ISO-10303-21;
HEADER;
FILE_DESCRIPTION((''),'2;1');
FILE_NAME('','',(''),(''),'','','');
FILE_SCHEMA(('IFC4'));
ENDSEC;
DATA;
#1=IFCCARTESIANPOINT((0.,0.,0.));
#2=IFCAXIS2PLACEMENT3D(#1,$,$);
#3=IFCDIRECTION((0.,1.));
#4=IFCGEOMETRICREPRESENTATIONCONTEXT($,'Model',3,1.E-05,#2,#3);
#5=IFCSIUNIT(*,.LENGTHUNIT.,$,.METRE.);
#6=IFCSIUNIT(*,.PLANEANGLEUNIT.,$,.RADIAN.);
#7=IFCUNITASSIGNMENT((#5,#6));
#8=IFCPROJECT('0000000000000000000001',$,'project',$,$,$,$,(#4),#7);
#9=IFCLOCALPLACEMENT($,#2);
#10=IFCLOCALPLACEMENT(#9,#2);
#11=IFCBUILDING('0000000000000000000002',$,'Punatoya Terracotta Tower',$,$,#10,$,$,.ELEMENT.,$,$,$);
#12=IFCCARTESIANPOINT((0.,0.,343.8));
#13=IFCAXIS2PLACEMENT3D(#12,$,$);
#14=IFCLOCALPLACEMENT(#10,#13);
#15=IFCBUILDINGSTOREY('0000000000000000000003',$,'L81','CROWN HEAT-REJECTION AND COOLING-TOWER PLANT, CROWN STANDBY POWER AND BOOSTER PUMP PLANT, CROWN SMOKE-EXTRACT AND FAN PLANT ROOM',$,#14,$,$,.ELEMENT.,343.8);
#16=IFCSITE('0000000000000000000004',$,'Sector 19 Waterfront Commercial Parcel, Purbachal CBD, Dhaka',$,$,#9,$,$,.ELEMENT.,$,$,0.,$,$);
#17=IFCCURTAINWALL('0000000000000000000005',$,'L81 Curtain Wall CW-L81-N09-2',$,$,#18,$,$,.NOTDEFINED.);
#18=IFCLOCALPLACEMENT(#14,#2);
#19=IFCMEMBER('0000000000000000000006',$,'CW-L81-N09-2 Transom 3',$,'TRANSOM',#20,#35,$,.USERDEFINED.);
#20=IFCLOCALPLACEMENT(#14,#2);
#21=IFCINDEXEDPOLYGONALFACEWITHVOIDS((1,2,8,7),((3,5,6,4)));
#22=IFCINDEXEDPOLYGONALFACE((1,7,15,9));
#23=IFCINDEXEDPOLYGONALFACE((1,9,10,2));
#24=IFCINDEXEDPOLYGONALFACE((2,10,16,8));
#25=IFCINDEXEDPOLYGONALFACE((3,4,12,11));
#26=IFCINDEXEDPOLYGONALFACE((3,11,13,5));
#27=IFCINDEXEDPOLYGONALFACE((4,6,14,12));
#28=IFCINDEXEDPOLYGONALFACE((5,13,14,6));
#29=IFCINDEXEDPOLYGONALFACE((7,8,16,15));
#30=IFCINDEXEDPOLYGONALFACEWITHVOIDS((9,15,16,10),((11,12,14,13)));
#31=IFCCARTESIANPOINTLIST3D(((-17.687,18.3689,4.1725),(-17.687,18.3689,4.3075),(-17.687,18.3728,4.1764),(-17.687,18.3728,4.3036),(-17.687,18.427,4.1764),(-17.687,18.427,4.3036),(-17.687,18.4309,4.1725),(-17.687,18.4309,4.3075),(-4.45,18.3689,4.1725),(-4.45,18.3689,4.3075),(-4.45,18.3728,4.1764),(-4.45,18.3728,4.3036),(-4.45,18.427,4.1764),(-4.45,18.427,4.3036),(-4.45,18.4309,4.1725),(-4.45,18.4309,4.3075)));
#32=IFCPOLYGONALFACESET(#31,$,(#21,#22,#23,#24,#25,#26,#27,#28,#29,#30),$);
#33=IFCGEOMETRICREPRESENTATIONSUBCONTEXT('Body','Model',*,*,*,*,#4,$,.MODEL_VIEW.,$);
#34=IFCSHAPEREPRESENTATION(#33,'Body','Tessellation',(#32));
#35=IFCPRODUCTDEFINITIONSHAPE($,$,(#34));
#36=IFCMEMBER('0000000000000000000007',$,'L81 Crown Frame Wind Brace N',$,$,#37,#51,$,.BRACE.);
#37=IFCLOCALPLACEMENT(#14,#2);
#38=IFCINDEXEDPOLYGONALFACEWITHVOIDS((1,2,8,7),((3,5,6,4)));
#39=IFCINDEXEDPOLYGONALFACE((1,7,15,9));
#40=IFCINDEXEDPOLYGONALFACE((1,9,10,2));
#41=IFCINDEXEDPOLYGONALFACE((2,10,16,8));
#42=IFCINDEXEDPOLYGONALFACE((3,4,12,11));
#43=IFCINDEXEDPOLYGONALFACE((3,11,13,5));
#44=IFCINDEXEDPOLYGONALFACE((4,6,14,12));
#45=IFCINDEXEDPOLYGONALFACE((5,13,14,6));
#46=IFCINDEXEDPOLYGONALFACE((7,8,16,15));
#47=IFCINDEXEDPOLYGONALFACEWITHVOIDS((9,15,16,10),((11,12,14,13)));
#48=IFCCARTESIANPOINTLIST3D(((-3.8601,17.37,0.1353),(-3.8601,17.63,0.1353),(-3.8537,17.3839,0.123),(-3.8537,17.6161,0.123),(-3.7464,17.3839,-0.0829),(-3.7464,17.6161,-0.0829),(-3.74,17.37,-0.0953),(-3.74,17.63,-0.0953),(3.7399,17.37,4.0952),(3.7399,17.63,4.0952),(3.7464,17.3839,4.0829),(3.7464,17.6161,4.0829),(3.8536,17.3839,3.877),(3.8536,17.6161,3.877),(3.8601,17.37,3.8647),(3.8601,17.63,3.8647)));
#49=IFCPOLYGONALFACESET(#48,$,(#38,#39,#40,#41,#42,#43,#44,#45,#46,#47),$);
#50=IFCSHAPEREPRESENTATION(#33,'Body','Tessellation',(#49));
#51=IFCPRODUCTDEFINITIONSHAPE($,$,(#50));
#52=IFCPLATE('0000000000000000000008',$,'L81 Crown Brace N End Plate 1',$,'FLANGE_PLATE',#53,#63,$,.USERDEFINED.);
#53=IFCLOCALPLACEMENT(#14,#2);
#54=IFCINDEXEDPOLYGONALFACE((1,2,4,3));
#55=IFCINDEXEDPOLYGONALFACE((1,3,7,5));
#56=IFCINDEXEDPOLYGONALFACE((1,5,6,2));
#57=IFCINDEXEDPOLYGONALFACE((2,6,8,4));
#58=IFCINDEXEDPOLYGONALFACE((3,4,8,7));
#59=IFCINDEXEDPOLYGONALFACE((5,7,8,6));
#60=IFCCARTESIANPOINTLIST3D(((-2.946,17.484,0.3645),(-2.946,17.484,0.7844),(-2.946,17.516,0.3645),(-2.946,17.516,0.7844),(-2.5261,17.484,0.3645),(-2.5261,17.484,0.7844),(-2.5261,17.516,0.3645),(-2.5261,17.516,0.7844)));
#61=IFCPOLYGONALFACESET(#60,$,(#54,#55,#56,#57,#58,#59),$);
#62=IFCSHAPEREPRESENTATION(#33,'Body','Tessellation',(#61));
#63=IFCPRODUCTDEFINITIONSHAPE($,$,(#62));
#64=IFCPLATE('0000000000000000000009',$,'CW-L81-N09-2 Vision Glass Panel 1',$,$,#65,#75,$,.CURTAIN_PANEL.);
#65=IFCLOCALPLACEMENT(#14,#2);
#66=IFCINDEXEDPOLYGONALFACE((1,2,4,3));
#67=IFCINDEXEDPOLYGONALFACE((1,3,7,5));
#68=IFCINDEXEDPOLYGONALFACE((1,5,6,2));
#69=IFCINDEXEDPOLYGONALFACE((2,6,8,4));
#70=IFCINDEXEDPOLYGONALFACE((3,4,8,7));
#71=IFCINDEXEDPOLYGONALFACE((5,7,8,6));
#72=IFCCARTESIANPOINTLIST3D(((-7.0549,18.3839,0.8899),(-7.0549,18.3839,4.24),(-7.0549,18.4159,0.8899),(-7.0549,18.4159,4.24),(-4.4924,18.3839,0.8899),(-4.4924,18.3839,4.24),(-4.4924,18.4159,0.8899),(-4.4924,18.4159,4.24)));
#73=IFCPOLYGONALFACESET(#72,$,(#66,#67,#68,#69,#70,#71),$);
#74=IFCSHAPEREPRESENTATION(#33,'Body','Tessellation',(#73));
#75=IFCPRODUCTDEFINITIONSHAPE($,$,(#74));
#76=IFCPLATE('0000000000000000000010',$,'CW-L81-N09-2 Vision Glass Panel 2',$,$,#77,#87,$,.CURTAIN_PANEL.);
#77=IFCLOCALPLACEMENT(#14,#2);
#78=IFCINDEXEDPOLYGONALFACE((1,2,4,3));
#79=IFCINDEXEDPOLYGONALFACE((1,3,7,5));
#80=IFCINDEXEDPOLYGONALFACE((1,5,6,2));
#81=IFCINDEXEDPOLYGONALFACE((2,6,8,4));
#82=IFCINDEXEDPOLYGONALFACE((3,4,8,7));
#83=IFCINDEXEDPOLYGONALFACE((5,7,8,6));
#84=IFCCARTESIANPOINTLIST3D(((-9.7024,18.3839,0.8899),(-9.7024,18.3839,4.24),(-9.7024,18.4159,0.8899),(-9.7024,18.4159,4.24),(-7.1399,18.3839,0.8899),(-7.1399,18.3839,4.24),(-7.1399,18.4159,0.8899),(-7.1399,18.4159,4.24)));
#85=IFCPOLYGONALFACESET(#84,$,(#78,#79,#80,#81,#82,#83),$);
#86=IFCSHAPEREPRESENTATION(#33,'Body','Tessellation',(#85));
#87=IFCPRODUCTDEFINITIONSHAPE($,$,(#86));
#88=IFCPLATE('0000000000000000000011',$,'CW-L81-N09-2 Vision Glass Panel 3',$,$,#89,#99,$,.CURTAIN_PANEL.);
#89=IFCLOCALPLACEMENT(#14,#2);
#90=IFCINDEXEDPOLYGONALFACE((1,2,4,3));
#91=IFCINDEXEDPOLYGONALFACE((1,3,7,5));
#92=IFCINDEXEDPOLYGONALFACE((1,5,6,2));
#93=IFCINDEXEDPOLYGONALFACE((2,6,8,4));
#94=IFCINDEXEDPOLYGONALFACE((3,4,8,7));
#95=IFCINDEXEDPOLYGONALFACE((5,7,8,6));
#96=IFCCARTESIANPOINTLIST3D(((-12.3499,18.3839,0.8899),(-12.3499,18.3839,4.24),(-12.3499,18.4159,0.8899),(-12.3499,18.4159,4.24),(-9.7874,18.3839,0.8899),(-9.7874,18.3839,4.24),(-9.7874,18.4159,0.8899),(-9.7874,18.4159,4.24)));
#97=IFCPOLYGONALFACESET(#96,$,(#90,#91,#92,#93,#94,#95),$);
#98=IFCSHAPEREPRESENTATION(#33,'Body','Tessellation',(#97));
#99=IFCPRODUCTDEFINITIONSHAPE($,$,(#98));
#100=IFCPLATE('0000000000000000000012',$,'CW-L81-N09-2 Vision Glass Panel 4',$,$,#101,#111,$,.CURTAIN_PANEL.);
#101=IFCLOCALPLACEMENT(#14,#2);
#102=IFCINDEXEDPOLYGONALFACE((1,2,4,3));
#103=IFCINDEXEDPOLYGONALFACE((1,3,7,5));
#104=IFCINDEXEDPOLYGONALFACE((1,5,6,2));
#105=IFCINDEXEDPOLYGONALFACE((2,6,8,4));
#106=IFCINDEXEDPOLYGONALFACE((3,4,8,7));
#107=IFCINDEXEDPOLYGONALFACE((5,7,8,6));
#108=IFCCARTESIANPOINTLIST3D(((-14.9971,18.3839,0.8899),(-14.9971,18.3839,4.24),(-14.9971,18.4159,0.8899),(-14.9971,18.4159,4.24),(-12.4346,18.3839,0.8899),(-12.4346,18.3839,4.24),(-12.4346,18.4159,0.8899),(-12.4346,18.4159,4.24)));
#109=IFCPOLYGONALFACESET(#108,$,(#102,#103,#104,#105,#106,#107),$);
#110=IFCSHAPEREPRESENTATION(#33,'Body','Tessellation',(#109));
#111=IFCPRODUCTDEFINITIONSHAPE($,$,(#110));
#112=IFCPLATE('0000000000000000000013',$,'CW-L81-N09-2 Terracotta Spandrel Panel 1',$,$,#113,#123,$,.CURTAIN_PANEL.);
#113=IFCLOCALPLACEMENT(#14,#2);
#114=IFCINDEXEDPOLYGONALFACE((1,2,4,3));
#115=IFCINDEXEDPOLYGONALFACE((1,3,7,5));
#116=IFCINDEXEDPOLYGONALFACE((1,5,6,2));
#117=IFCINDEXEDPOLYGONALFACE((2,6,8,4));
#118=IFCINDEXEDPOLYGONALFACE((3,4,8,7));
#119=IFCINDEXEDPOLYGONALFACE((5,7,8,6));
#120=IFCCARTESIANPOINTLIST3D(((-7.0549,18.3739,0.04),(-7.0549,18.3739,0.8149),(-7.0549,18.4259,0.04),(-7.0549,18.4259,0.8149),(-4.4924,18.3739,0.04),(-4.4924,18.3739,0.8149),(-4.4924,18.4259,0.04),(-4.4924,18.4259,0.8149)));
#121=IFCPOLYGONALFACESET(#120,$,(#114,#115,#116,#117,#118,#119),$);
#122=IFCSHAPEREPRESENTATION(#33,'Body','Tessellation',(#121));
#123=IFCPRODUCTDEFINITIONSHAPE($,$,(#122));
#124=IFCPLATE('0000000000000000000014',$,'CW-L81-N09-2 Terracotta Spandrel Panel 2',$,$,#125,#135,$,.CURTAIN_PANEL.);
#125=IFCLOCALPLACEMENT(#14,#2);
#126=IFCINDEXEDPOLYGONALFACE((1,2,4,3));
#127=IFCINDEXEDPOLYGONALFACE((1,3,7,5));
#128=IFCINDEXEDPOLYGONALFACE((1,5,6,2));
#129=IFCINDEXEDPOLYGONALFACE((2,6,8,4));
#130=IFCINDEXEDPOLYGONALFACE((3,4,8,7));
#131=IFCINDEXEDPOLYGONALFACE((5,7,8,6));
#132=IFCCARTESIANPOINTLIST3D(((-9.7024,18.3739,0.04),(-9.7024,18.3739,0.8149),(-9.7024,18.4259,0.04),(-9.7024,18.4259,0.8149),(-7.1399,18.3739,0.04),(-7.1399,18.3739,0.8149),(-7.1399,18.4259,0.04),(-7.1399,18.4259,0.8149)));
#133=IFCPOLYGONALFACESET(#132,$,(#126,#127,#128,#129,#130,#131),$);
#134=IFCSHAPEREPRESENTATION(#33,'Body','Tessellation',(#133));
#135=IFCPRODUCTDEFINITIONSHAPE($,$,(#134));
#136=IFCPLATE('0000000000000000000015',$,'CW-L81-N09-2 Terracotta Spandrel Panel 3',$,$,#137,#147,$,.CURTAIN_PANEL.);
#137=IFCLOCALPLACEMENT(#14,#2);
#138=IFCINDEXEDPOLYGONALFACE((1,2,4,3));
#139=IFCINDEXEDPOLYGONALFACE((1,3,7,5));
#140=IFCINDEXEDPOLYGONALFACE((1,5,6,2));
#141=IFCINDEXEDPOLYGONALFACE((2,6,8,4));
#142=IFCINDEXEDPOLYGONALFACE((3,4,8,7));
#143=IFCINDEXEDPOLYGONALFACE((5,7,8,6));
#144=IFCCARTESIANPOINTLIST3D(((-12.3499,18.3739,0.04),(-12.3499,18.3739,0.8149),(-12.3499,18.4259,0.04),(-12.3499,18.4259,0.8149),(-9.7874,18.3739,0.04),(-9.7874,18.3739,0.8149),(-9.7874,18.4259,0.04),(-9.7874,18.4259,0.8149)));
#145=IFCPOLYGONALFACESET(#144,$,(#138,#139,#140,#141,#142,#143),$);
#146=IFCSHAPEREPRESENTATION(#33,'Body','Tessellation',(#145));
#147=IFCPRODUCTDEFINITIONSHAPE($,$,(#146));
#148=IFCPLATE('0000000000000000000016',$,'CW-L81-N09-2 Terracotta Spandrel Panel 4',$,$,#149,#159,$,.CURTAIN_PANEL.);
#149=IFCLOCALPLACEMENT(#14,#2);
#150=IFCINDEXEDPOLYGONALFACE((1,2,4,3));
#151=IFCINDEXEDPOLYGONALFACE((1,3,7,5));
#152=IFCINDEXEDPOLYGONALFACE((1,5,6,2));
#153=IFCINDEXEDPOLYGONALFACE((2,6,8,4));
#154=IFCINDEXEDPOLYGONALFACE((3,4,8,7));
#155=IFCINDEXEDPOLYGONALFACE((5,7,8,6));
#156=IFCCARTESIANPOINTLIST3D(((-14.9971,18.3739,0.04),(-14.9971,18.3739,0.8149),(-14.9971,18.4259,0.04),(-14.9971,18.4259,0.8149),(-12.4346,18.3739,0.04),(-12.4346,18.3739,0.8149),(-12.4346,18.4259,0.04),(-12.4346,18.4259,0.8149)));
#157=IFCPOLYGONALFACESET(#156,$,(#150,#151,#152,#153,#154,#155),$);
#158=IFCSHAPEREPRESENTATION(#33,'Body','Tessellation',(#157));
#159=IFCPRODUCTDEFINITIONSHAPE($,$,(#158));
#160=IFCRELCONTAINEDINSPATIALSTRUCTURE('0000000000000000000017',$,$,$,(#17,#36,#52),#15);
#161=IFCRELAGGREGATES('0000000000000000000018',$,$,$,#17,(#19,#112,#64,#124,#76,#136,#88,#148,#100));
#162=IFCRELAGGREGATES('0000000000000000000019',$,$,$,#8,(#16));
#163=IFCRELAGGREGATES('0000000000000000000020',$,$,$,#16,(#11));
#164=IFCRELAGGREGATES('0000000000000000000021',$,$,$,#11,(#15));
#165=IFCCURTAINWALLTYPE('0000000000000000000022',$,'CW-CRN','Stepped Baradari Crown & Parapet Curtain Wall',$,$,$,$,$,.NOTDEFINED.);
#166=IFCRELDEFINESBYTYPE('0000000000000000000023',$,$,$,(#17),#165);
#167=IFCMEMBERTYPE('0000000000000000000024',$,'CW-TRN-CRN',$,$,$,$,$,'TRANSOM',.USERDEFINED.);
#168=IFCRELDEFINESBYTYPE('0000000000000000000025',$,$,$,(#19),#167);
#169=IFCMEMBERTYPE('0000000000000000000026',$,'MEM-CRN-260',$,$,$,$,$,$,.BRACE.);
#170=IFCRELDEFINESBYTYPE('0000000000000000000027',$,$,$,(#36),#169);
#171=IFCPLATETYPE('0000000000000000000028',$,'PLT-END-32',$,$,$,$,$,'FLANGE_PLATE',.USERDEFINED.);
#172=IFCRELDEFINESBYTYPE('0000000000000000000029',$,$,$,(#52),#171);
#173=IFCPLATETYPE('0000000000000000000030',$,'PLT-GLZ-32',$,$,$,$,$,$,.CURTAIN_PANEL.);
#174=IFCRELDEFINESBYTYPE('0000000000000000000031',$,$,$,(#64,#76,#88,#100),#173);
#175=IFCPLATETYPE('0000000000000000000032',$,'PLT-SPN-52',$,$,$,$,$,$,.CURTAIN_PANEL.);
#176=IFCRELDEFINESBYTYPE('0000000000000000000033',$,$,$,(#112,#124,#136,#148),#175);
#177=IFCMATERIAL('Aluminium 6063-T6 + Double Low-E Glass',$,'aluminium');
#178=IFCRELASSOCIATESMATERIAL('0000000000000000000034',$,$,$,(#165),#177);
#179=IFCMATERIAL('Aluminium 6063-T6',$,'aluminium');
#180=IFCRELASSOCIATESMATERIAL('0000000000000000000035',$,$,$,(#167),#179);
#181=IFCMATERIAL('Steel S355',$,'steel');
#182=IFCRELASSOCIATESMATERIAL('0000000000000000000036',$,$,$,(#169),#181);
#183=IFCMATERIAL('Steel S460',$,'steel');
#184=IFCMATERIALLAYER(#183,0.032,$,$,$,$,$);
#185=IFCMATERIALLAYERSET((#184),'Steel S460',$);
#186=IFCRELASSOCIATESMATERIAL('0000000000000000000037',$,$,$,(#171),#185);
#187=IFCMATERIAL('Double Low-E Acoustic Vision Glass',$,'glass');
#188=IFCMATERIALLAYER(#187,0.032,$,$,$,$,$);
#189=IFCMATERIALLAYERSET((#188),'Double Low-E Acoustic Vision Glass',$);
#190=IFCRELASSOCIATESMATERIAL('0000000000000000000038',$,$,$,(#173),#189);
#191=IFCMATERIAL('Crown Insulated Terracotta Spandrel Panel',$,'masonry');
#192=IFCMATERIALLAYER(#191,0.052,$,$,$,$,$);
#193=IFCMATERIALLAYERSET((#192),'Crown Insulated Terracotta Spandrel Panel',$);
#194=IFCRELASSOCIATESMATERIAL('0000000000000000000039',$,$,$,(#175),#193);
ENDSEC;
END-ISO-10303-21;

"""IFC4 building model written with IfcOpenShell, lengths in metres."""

from ifc_helpers import new_model, si_unit, direction, frame, origin, origin_2d, place, context, subcontext, project, spatial, rectangle, hollow_rectangle, extrude, material, layer, layer_set, material_profile, profile_set, type_object, element, aggregate, save


model = new_model("IFC4")

# Units and contexts
model_context = context("Model", 3, precision=1e-05, world=origin(), true_north=direction((0.0, 1.0)))
body_context = subcontext(model_context, "Body", "Model", "MODEL_VIEW")
ifc_project = project(units=[si_unit("LENGTHUNIT", "METRE"), si_unit("PLANEANGLEUNIT", "RADIAN")], contexts=[model_context])

# Site, building, storey
site_placement = place(None, origin())
site = spatial("IfcSite", under=ifc_project, at=site_placement, Name="Sector 19 Waterfront Commercial Parcel, Purbachal CBD, Dhaka", CompositionType="ELEMENT", RefElevation=0.0)
building_placement = place(site_placement, origin())
building = spatial("IfcBuilding", under=site, at=building_placement, Name="Punatoya Terracotta Tower", CompositionType="ELEMENT")
storey_placement = place(building_placement, frame((0.0, 0.0, 343.8)))
storey = spatial("IfcBuildingStorey", under=building, at=storey_placement, Name="L81", Description="CROWN HEAT-REJECTION AND COOLING-TOWER PLANT, CROWN STANDBY POWER AND BOOSTER PUMP PLANT, CROWN SMOKE-EXTRACT AND FAN PLANT ROOM", CompositionType="ELEMENT", Elevation=343.8)

# Shared definitions
ifc_material_1 = material(Name="Steel S460", Category="steel")

# Curtain wall, member
ifc_material_2 = material(Name="Aluminium 6063-T6 + Double Low-E Glass", Category="aluminium")
curtain_wall_type = type_object("IfcCurtainWallType", Name="CW-CRN", Description="Stepped Baradari Crown & Parapet Curtain Wall", PredefinedType="NOTDEFINED", material=ifc_material_2)
curtain_wall_placement = place(storey_placement, origin())
curtain_wall = element("IfcCurtainWall", 1, at=curtain_wall_placement, inside=storey, type_object=curtain_wall_type, Name="L81 Curtain Wall CW-L81-N09-2", PredefinedType="NOTDEFINED")
ifc_material_3 = material(Name="Aluminium 6063-T6", Category="aluminium")
ifc_material_profile_1 = material_profile(ifc_material_3, hollow_rectangle(XDim=0.062, YDim=0.135, WallThickness=0.0039, at=origin_2d()))
ifc_profile_set_1 = profile_set([ifc_material_profile_1], Name="Aluminium 6063-T6")
member_type_1 = type_object("IfcMemberType", Name="CW-TRN-CRN", ElementType="TRANSOM", PredefinedType="USERDEFINED", material=ifc_profile_set_1)
member_1_placement = place(storey_placement, frame((-4.45, 18.3999, 4.24), z_axis=(-1.0, 0.0, 0.0), x_axis=(0.0, -1.0, 0.0)))
member_1 = element("IfcMember", 2, at=member_1_placement, type_object=member_type_1, Name="CW-L81-N09-2 Transom 3", ObjectType="TRANSOM", PredefinedType="USERDEFINED", context=body_context, shape_type="SweptSolid", body=[
    extrude(hollow_rectangle(XDim=0.062, YDim=0.135, WallThickness=0.0039, at=origin_2d()), origin(), (0.0, 0.0, 1.0), 13.2371),
])

# Member
ifc_material_4 = material(Name="Steel S355", Category="steel")
ifc_material_profile_2 = material_profile(ifc_material_4, hollow_rectangle(XDim=0.26, YDim=0.26, WallThickness=0.0139, at=origin_2d()))
ifc_profile_set_2 = profile_set([ifc_material_profile_2], Name="Steel S355")
member_type_2 = type_object("IfcMemberType", Name="MEM-CRN-260", PredefinedType="BRACE", material=ifc_profile_set_2)
member_2_placement = place(storey_placement, frame((-3.8, 17.5, 0.02), z_axis=(0.886839, 0.0, 0.462079), x_axis=(0.0, 1.0, 0.0)))
element("IfcMember", 3, at=member_2_placement, inside=storey, type_object=member_type_2, Name="L81 Crown Frame Wind Brace N", PredefinedType="BRACE", context=body_context, shape_type="SweptSolid", body=[
    extrude(hollow_rectangle(XDim=0.26, YDim=0.26, WallThickness=0.0139, at=origin_2d()), origin(), (0.0, 0.0, 1.0), 8.5698),
])

# Plates
ifc_layer_1 = layer(ifc_material_1, 0.032)
ifc_layer_set_1 = layer_set([ifc_layer_1], Name="Steel S460")
plate_type_1 = type_object("IfcPlateType", Name="PLT-END-32", ElementType="FLANGE_PLATE", PredefinedType="USERDEFINED", material=ifc_layer_set_1)
plate_1_placement = place(storey_placement, frame((-2.7361, 17.5, 0.3645), z_axis=(0.0, 0.0, 1.0), x_axis=(1.0, 0.0, 0.0)))
element("IfcPlate", 4, at=plate_1_placement, inside=storey, type_object=plate_type_1, Name="L81 Crown Brace N End Plate 1", ObjectType="FLANGE_PLATE", PredefinedType="USERDEFINED", context=body_context, shape_type="SweptSolid", body=[
    extrude(rectangle(XDim=0.4199, YDim=0.032, at=origin_2d()), origin(), (0.0, 0.0, 1.0), 0.4199),
])
ifc_material_5 = material(Name="Double Low-E Acoustic Vision Glass", Category="glass")
ifc_layer_2 = layer(ifc_material_5, 0.032)
ifc_layer_set_2 = layer_set([ifc_layer_2], Name="Double Low-E Acoustic Vision Glass")
plate_type_2 = type_object("IfcPlateType", Name="PLT-GLZ-32", PredefinedType="CURTAIN_PANEL", material=ifc_layer_set_2)
plate_2_placement = place(storey_placement, frame((-5.7737, 18.3999, 0.8899), z_axis=(0.0, 0.0, 1.0), x_axis=(-1.0, 0.0, 0.0)))
plate_2 = element("IfcPlate", 5, at=plate_2_placement, type_object=plate_type_2, Name="CW-L81-N09-2 Vision Glass Panel 1", PredefinedType="CURTAIN_PANEL", context=body_context, shape_type="SweptSolid", body=[
    extrude(rectangle(XDim=2.5625, YDim=0.032, at=origin_2d()), origin(), (0.0, 0.0, 1.0), 3.3501),
])
plate_3_placement = place(storey_placement, frame((-8.4211, 18.3999, 0.8899), z_axis=(0.0, 0.0, 1.0), x_axis=(-1.0, 0.0, 0.0)))
plate_3 = element("IfcPlate", 6, at=plate_3_placement, type_object=plate_type_2, Name="CW-L81-N09-2 Vision Glass Panel 2", PredefinedType="CURTAIN_PANEL", context=body_context, shape_type="SweptSolid", body=[
    extrude(rectangle(XDim=2.5625, YDim=0.032, at=origin_2d()), origin(), (0.0, 0.0, 1.0), 3.3501),
])
plate_4_placement = place(storey_placement, frame((-11.0686, 18.3999, 0.8899), z_axis=(0.0, 0.0, 1.0), x_axis=(-1.0, 0.0, 0.0)))
plate_4 = element("IfcPlate", 7, at=plate_4_placement, type_object=plate_type_2, Name="CW-L81-N09-2 Vision Glass Panel 3", PredefinedType="CURTAIN_PANEL", context=body_context, shape_type="SweptSolid", body=[
    extrude(rectangle(XDim=2.5625, YDim=0.032, at=origin_2d()), origin(), (0.0, 0.0, 1.0), 3.3501),
])
plate_5_placement = place(storey_placement, frame((-13.7158, 18.3999, 0.8899), z_axis=(0.0, 0.0, 1.0), x_axis=(-1.0, 0.0, 0.0)))
plate_5 = element("IfcPlate", 8, at=plate_5_placement, type_object=plate_type_2, Name="CW-L81-N09-2 Vision Glass Panel 4", PredefinedType="CURTAIN_PANEL", context=body_context, shape_type="SweptSolid", body=[
    extrude(rectangle(XDim=2.5625, YDim=0.032, at=origin_2d()), origin(), (0.0, 0.0, 1.0), 3.3501),
])
ifc_material_6 = material(Name="Crown Insulated Terracotta Spandrel Panel", Category="masonry")
ifc_layer_3 = layer(ifc_material_6, 0.052)
ifc_layer_set_3 = layer_set([ifc_layer_3], Name="Crown Insulated Terracotta Spandrel Panel")
plate_type_3 = type_object("IfcPlateType", Name="PLT-SPN-52", PredefinedType="CURTAIN_PANEL", material=ifc_layer_set_3)
plate_6_placement = place(storey_placement, frame((-5.7737, 18.3999, 0.04), z_axis=(0.0, 0.0, 1.0), x_axis=(-1.0, 0.0, 0.0)))
plate_6 = element("IfcPlate", 9, at=plate_6_placement, type_object=plate_type_3, Name="CW-L81-N09-2 Terracotta Spandrel Panel 1", PredefinedType="CURTAIN_PANEL", context=body_context, shape_type="SweptSolid", body=[
    extrude(rectangle(XDim=2.5625, YDim=0.052, at=origin_2d()), origin(), (0.0, 0.0, 1.0), 0.7749),
])
plate_7_placement = place(storey_placement, frame((-8.4211, 18.3999, 0.04), z_axis=(0.0, 0.0, 1.0), x_axis=(-1.0, 0.0, 0.0)))
plate_7 = element("IfcPlate", 10, at=plate_7_placement, type_object=plate_type_3, Name="CW-L81-N09-2 Terracotta Spandrel Panel 2", PredefinedType="CURTAIN_PANEL", context=body_context, shape_type="SweptSolid", body=[
    extrude(rectangle(XDim=2.5625, YDim=0.052, at=origin_2d()), origin(), (0.0, 0.0, 1.0), 0.7749),
])
plate_8_placement = place(storey_placement, frame((-11.0686, 18.3999, 0.04), z_axis=(0.0, 0.0, 1.0), x_axis=(-1.0, 0.0, 0.0)))
plate_8 = element("IfcPlate", 11, at=plate_8_placement, type_object=plate_type_3, Name="CW-L81-N09-2 Terracotta Spandrel Panel 3", PredefinedType="CURTAIN_PANEL", context=body_context, shape_type="SweptSolid", body=[
    extrude(rectangle(XDim=2.5625, YDim=0.052, at=origin_2d()), origin(), (0.0, 0.0, 1.0), 0.7749),
])
plate_9_placement = place(storey_placement, frame((-13.7158, 18.3999, 0.04), z_axis=(0.0, 0.0, 1.0), x_axis=(-1.0, 0.0, 0.0)))
plate_9 = element("IfcPlate", 12, at=plate_9_placement, type_object=plate_type_3, Name="CW-L81-N09-2 Terracotta Spandrel Panel 4", PredefinedType="CURTAIN_PANEL", context=body_context, shape_type="SweptSolid", body=[
    extrude(rectangle(XDim=2.5625, YDim=0.052, at=origin_2d()), origin(), (0.0, 0.0, 1.0), 0.7749),
])
aggregate(curtain_wall, [member_1, plate_6, plate_2, plate_7, plate_3, plate_8, plate_4, plate_9, plate_5])

save(model, "model.ifc")
